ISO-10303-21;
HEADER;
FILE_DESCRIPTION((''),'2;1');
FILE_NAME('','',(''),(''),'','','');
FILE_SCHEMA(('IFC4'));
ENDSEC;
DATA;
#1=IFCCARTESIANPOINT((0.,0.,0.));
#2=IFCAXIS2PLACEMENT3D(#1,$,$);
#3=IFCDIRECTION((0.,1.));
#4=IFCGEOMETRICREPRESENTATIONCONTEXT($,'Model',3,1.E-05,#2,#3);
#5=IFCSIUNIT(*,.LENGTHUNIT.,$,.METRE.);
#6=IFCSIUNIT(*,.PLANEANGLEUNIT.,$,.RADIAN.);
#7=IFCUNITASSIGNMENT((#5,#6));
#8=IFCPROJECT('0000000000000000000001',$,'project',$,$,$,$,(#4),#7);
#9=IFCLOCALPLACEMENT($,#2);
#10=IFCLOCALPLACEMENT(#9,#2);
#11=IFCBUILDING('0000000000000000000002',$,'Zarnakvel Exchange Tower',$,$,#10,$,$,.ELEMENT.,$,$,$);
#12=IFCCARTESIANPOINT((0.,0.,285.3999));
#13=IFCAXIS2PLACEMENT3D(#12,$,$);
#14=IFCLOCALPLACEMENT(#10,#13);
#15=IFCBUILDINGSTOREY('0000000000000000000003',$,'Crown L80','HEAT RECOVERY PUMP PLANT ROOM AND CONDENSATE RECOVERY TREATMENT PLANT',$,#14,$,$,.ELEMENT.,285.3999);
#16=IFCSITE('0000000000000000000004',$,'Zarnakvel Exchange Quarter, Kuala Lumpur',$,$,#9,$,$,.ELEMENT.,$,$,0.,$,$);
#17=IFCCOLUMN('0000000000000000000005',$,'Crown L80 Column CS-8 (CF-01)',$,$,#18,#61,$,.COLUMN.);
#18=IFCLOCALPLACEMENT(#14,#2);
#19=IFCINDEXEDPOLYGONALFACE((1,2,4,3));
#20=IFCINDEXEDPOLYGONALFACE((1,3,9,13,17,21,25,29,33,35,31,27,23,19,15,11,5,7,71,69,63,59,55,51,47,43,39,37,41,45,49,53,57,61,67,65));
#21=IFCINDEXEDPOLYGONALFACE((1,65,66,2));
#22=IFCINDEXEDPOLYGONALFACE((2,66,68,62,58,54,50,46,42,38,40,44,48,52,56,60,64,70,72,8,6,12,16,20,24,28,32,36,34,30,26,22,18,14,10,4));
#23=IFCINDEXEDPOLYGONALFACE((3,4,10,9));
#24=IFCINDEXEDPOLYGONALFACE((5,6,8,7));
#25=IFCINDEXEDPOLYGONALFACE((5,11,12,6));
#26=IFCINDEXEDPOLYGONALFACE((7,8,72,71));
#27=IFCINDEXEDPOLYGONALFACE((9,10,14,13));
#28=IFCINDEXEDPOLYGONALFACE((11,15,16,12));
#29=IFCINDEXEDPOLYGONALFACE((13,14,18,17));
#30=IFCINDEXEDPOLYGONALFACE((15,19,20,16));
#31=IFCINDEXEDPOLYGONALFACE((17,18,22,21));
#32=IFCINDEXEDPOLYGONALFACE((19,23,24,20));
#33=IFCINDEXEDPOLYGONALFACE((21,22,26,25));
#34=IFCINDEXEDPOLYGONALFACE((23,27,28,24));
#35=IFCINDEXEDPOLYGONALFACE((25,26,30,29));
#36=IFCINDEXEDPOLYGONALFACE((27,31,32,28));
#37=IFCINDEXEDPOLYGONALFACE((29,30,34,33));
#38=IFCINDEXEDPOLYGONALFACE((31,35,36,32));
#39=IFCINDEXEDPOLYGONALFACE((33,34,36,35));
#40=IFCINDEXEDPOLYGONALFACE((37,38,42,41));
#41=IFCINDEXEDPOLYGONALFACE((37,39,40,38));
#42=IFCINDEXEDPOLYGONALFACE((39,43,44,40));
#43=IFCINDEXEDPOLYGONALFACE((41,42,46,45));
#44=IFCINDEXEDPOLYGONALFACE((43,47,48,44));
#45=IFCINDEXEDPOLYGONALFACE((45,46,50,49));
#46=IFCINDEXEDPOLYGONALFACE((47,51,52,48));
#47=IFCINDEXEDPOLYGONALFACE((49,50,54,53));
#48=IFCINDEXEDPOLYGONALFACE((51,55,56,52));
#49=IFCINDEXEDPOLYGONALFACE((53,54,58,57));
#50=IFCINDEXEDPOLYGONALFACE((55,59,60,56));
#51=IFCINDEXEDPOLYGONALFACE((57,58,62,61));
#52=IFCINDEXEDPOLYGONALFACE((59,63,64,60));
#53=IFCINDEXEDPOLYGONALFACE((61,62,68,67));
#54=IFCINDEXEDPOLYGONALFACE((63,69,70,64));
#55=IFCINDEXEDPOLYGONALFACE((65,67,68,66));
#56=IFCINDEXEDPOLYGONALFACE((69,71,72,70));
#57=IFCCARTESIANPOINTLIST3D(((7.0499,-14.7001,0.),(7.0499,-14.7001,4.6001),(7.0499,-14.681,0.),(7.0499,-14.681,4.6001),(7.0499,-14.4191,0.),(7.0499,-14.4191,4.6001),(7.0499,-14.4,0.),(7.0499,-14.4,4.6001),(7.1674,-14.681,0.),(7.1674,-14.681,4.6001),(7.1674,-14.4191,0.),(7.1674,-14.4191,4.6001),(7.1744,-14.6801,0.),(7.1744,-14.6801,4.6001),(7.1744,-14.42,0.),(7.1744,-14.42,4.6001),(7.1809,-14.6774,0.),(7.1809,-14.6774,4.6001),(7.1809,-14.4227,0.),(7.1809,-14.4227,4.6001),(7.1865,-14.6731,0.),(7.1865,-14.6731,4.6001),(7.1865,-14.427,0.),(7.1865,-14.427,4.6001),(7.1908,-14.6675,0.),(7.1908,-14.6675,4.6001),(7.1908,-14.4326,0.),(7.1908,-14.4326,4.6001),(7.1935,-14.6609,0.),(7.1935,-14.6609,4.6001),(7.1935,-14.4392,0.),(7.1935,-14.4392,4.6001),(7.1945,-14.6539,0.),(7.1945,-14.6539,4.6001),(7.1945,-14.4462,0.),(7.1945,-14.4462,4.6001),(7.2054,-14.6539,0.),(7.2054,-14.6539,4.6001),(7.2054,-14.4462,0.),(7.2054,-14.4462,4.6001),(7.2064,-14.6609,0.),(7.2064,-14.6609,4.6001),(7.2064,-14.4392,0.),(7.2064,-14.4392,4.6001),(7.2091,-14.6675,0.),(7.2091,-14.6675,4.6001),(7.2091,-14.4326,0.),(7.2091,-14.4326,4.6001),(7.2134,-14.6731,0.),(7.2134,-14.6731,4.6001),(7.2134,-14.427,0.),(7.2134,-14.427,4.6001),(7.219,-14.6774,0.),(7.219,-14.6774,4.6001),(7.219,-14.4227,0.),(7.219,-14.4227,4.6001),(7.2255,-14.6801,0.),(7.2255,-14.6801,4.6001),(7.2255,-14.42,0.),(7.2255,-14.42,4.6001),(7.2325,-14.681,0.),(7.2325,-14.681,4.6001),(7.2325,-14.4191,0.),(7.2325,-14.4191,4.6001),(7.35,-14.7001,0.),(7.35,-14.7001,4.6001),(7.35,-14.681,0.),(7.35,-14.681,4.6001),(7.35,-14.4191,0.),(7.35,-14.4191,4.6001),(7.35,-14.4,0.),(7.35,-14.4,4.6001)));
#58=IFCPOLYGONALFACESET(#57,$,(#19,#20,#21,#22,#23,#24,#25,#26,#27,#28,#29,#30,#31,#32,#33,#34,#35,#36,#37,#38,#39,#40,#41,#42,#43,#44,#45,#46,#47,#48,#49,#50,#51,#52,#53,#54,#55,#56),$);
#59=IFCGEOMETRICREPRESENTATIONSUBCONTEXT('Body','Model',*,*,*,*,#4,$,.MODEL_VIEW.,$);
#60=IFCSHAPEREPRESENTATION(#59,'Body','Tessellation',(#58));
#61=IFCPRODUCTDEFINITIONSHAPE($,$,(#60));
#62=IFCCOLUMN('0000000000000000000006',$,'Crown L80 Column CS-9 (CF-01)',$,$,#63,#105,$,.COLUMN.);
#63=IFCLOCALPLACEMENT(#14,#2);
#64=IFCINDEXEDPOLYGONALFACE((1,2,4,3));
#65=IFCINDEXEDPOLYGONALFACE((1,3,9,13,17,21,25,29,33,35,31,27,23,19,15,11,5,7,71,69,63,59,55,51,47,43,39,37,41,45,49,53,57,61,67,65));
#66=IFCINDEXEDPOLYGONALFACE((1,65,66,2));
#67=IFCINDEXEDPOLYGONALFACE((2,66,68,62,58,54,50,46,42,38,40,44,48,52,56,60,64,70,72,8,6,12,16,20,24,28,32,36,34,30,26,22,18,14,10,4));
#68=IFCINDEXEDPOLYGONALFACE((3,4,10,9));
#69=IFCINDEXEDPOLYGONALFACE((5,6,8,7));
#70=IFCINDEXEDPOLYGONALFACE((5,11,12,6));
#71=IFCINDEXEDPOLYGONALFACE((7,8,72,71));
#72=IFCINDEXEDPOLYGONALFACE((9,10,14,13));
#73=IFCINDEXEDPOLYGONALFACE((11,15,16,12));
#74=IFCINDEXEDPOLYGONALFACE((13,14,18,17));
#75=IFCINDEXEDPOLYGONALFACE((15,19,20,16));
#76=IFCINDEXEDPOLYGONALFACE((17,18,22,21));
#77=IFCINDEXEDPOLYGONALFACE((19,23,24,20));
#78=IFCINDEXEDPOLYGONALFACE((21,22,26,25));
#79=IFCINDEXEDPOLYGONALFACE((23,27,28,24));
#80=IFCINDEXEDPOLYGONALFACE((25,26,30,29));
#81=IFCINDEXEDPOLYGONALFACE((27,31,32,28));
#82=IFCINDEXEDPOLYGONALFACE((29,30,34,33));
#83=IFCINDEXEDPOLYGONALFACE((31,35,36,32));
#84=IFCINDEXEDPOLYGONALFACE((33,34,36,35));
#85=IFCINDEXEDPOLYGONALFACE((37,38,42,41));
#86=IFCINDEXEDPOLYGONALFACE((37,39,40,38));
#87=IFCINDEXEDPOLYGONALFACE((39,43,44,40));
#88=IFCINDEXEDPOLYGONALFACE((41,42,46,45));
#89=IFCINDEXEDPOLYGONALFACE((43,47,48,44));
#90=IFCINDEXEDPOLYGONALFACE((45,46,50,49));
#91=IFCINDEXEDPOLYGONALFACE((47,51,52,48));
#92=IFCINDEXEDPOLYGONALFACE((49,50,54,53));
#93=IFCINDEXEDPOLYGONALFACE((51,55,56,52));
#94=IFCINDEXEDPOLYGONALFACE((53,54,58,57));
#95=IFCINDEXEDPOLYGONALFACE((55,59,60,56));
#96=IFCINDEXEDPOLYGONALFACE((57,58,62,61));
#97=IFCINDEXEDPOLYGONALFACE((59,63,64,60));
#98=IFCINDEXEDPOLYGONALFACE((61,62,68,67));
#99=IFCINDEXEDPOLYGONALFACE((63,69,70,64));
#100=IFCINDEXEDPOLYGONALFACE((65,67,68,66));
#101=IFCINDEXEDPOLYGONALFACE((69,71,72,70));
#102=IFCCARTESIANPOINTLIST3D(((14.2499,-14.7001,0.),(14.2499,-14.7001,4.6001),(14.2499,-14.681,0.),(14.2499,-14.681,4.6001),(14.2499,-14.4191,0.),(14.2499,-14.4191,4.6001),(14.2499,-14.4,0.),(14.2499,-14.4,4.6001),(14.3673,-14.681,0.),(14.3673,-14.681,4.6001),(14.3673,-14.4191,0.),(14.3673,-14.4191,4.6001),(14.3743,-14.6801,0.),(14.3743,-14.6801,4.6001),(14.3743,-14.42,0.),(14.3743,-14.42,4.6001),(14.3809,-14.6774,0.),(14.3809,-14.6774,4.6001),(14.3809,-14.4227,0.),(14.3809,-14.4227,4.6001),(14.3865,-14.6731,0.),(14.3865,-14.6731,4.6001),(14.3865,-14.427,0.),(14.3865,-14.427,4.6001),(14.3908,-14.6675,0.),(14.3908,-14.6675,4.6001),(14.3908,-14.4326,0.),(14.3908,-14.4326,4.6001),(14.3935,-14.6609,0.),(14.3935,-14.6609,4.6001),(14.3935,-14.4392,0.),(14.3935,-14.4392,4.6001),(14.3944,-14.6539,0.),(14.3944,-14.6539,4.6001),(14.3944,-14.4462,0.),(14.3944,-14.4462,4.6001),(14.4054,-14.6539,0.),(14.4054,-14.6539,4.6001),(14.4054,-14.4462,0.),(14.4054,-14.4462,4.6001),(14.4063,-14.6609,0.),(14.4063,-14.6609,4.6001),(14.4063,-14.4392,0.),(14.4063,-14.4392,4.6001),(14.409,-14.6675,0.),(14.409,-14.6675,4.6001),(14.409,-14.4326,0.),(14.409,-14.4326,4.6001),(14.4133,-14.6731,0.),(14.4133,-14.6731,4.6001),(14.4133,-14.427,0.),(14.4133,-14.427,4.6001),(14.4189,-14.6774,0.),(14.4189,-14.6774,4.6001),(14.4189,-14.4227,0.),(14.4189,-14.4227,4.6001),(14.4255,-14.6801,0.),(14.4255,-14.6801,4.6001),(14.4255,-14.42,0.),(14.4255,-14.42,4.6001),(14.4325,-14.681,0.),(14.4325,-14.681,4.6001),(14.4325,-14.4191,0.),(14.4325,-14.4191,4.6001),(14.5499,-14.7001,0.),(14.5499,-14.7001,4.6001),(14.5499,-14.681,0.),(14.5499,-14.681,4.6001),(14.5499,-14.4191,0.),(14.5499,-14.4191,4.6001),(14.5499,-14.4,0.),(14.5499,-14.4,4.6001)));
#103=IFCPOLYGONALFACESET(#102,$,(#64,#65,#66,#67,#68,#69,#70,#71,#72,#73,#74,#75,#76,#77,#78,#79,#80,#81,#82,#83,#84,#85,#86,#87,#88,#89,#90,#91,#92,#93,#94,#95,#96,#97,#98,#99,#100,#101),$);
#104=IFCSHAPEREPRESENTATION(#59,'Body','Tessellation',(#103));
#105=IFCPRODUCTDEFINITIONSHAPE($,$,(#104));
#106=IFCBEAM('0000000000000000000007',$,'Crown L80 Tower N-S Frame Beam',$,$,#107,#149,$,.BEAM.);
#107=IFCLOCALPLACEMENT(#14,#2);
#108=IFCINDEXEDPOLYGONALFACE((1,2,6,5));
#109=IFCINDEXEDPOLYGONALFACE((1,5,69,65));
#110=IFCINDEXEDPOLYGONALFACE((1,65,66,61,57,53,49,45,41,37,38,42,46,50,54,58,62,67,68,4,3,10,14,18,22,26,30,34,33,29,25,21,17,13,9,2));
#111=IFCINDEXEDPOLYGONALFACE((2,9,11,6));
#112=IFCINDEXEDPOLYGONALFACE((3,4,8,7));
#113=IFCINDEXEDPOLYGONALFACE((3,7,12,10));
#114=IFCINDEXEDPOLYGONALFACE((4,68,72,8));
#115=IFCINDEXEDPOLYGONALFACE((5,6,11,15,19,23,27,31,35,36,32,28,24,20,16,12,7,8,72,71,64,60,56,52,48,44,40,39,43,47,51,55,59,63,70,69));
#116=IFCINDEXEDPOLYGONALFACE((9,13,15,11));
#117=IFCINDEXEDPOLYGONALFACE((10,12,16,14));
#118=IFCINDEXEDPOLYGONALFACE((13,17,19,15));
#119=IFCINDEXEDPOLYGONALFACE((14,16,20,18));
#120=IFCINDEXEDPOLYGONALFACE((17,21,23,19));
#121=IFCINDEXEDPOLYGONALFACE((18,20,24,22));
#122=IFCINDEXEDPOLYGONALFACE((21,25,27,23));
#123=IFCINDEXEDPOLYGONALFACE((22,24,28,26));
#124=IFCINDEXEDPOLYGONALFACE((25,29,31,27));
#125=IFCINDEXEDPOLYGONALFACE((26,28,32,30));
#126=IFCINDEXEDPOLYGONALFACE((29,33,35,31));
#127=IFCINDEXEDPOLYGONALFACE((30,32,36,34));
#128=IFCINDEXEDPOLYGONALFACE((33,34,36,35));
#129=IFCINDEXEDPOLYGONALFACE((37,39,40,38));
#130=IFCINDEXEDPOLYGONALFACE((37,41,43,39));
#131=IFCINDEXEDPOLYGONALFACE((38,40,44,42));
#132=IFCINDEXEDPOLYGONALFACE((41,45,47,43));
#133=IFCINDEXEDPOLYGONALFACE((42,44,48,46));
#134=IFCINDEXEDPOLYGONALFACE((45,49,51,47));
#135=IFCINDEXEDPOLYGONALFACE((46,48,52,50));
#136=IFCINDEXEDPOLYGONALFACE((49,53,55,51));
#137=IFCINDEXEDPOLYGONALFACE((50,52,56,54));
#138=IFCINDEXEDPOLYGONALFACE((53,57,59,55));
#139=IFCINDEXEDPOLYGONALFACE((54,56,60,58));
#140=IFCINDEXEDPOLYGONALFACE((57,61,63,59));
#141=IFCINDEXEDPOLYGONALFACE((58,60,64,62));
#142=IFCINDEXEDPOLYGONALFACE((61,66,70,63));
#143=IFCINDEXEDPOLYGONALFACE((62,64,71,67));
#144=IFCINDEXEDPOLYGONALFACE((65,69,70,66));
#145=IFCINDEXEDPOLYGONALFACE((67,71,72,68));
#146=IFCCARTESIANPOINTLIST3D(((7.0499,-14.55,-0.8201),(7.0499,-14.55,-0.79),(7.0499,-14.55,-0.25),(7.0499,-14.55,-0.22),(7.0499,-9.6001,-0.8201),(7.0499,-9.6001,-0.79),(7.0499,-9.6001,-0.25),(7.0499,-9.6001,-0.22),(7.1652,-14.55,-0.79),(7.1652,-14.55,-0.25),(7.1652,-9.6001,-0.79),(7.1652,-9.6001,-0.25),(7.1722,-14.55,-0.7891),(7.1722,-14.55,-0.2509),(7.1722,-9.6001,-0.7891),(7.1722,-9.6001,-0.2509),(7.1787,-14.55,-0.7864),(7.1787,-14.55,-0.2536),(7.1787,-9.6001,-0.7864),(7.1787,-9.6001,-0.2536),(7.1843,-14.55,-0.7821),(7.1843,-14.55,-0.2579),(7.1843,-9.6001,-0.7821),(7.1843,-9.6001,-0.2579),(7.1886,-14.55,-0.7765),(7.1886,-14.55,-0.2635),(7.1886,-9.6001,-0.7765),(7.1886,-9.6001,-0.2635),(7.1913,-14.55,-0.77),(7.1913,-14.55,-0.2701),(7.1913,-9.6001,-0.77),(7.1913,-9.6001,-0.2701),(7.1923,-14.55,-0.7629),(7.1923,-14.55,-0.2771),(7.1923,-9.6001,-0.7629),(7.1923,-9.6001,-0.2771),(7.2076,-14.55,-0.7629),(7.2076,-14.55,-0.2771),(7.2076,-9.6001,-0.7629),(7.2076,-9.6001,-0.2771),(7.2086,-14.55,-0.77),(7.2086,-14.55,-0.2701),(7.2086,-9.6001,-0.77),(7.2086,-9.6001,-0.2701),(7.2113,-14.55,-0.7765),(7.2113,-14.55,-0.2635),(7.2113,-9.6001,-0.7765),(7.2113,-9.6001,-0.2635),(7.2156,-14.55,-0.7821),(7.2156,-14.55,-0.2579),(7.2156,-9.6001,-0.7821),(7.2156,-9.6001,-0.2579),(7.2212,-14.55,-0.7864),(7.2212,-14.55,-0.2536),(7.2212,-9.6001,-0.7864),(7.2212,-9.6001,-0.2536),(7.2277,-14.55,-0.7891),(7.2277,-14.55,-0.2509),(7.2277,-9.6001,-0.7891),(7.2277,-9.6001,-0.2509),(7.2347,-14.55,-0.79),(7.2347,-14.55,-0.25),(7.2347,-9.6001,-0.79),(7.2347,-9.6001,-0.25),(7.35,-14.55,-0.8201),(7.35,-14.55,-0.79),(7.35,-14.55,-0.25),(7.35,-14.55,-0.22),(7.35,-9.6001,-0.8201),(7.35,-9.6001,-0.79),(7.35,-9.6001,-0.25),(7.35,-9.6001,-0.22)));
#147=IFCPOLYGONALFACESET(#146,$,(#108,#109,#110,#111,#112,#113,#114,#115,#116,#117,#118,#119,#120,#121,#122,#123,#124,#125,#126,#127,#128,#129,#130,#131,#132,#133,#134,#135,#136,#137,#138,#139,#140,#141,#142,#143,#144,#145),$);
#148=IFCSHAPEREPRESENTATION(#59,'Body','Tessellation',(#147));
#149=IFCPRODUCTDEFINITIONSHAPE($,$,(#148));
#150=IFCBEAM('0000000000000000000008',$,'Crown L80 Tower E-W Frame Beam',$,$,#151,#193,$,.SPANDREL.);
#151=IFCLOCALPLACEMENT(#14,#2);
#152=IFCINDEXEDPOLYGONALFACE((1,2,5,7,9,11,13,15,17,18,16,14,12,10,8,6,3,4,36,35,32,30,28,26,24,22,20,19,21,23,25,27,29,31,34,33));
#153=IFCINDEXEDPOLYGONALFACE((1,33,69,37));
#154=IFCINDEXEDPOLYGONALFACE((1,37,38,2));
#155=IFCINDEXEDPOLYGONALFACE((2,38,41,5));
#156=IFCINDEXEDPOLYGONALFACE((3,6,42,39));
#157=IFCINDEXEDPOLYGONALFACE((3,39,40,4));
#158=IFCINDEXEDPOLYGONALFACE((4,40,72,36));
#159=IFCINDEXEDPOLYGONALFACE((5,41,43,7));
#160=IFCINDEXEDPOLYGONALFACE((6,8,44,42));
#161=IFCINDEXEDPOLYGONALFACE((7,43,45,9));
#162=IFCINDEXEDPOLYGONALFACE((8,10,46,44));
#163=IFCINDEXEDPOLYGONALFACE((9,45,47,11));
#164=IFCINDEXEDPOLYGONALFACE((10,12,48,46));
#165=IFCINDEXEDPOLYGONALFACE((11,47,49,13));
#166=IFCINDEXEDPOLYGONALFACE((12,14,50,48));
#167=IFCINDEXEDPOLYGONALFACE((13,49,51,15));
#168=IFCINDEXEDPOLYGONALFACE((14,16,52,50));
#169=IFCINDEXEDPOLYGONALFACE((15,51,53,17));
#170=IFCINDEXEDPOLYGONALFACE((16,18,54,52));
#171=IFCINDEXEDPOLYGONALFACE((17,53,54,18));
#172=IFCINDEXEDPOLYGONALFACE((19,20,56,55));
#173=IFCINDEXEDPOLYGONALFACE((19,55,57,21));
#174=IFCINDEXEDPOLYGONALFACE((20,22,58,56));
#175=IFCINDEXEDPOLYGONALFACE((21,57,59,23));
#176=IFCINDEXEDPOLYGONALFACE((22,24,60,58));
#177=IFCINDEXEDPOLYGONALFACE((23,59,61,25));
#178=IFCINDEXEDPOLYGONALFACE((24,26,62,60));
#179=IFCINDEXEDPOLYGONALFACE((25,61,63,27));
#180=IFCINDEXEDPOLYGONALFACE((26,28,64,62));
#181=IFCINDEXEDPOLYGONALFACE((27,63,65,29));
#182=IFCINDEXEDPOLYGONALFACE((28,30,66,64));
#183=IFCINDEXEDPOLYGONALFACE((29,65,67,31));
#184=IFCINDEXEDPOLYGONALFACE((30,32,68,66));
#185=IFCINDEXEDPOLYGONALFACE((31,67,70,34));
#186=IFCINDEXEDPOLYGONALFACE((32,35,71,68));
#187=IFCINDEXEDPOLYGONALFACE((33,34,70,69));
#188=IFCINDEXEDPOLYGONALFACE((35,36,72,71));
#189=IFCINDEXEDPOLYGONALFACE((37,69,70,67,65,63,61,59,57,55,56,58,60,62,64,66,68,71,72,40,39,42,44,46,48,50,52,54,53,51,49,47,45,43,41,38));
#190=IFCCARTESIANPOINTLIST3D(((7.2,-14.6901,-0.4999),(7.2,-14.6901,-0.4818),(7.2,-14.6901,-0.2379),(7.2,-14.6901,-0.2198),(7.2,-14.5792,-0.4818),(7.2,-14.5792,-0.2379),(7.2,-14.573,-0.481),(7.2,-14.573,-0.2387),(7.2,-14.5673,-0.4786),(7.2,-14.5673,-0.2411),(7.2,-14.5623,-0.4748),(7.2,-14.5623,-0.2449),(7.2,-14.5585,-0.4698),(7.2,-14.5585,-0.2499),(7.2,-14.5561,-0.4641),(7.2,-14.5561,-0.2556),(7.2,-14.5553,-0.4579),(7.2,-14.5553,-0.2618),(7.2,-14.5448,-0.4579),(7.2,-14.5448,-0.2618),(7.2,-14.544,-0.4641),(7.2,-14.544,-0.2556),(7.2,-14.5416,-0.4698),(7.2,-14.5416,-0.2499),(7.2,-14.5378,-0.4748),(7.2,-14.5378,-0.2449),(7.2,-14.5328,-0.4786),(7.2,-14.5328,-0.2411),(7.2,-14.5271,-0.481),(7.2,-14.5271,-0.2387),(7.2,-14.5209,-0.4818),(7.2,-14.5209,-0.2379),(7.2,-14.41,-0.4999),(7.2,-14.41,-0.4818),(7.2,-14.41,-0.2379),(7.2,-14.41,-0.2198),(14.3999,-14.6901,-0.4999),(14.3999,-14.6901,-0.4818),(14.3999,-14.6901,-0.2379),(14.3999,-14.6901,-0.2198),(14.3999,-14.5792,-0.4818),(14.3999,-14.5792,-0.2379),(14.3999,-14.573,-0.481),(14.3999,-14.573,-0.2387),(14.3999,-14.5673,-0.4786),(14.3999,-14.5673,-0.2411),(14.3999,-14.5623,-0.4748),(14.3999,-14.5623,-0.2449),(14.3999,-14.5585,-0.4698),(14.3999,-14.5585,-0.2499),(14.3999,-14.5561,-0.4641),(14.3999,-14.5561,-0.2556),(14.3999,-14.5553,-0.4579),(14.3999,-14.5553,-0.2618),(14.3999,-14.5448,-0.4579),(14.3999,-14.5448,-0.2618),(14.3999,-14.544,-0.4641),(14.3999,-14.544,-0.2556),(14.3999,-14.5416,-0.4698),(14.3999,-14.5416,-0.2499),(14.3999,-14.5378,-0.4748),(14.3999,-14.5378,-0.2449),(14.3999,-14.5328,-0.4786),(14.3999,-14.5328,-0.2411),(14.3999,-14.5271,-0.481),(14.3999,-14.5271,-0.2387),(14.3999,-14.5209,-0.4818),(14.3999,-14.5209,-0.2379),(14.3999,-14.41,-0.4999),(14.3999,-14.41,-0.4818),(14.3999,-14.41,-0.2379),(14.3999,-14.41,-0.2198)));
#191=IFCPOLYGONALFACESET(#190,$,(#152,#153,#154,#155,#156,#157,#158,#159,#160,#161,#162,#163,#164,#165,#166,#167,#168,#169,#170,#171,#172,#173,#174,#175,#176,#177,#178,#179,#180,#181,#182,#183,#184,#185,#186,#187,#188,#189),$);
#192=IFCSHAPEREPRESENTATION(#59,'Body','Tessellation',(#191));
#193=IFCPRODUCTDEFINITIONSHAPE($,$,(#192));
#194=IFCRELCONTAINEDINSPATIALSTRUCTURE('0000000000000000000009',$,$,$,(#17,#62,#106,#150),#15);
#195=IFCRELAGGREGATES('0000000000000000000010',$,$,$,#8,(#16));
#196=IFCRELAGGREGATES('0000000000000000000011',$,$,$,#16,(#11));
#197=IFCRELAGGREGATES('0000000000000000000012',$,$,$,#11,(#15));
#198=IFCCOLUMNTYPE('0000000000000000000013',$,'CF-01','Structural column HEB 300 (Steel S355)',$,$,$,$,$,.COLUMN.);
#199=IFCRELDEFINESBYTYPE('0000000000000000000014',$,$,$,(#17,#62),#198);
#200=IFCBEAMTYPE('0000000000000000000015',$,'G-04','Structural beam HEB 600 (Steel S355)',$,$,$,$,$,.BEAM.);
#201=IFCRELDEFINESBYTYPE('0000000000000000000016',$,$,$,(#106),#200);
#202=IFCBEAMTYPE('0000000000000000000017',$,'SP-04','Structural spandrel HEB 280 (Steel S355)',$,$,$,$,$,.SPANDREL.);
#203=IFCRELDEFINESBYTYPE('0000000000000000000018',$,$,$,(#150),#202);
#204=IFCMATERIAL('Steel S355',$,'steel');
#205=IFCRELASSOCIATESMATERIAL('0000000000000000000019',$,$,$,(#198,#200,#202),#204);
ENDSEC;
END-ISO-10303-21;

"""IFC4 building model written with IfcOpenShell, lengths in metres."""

from ifc_helpers import new_model, si_unit, direction, frame, origin, origin_2d, place, context, subcontext, project, spatial, i_section, extrude, material, material_profile, profile_set, type_object, element, save


model = new_model("IFC4")

# Units and contexts
model_context = context("Model", 3, precision=1e-05, world=origin(), true_north=direction((0.0, 1.0)))
body_context = subcontext(model_context, "Body", "Model", "MODEL_VIEW")
ifc_project = project(units=[si_unit("LENGTHUNIT", "METRE"), si_unit("PLANEANGLEUNIT", "RADIAN")], contexts=[model_context])

# Site, building, storey
site_placement = place(None, origin())
site = spatial("IfcSite", under=ifc_project, at=site_placement, Name="Zarnakvel Exchange Quarter, Kuala Lumpur", CompositionType="ELEMENT", RefElevation=0.0)
building_placement = place(site_placement, origin())
building = spatial("IfcBuilding", under=site, at=building_placement, Name="Zarnakvel Exchange Tower", CompositionType="ELEMENT")
storey_placement = place(building_placement, frame((0.0, 0.0, 285.3999)))
storey = spatial("IfcBuildingStorey", under=building, at=storey_placement, Name="Crown L80", Description="HEAT RECOVERY PUMP PLANT ROOM AND CONDENSATE RECOVERY TREATMENT PLANT", CompositionType="ELEMENT", Elevation=285.3999)

# Columns
ifc_material_1 = material(Name="Steel S355", Category="steel")
ifc_material_profile_1 = material_profile(ifc_material_1, i_section(OverallWidth=0.3, OverallDepth=0.3, WebThickness=0.011, FlangeThickness=0.019, FilletRadius=0.0271, at=origin_2d()))
ifc_profile_set_1 = profile_set([ifc_material_profile_1], Name="Steel S355")
column_type = type_object("IfcColumnType", Name="CF-01", Description="Structural column HEB 300 (Steel S355)", PredefinedType="COLUMN", material=ifc_profile_set_1)
for number, where, z_axis, x_axis, name in (
    (1, (7.2, -14.55, 0.0), (0.0, 0.0, 1.0), (1.0, 0.0, 0.0), "Crown L80 Column CS-8 (CF-01)"),
    (2, (14.3999, -14.55, 0.0), (0.0, 0.0, 1.0), (1.0, 0.0, 0.0), "Crown L80 Column CS-9 (CF-01)"),
):
    element("IfcColumn", number, at=place(storey_placement, frame(where, z_axis=z_axis, x_axis=x_axis)), inside=storey, type_object=column_type, Name=name, PredefinedType="COLUMN", context=body_context, shape_type="SweptSolid", body=[
        extrude(i_section(OverallWidth=0.3, OverallDepth=0.3, WebThickness=0.011, FlangeThickness=0.019, FilletRadius=0.0271, at=origin_2d()), origin(), (0.0, 0.0, 1.0), 4.6001),
    ])

# Beams
ifc_material_profile_2 = material_profile(ifc_material_1, i_section(OverallWidth=0.3, OverallDepth=0.6001, WebThickness=0.0154, FlangeThickness=0.03, FilletRadius=0.0271, at=origin_2d()))
ifc_profile_set_2 = profile_set([ifc_material_profile_2], Name="Steel S355")
beam_type_1 = type_object("IfcBeamType", Name="G-04", Description="Structural beam HEB 600 (Steel S355)", PredefinedType="BEAM", material=ifc_profile_set_2)
beam_1_placement = place(storey_placement, frame((7.2, -14.55, -0.52), z_axis=(0.0, 1.0, 0.0), x_axis=(-1.0, 0.0, 0.0)))
element("IfcBeam", 3, at=beam_1_placement, inside=storey, type_object=beam_type_1, Name="Crown L80 Tower N-S Frame Beam", PredefinedType="BEAM", context=body_context, shape_type="SweptSolid", body=[
    extrude(i_section(OverallWidth=0.3, OverallDepth=0.6001, WebThickness=0.0154, FlangeThickness=0.03, FilletRadius=0.0271, at=origin_2d()), origin(), (0.0, 0.0, 1.0), 4.95),
])
ifc_material_profile_3 = material_profile(ifc_material_1, i_section(OverallWidth=0.28, OverallDepth=0.28, WebThickness=0.0105, FlangeThickness=0.0181, FilletRadius=0.0239, at=origin_2d()))
ifc_profile_set_3 = profile_set([ifc_material_profile_3], Name="Steel S355")
beam_type_2 = type_object("IfcBeamType", Name="SP-04", Description="Structural spandrel HEB 280 (Steel S355)", PredefinedType="SPANDREL", material=ifc_profile_set_3)
beam_2_placement = place(storey_placement, frame((7.2, -14.55, -0.3599), z_axis=(1.0, 0.0, 0.0), x_axis=(0.0, 1.0, 0.0)))
element("IfcBeam", 4, at=beam_2_placement, inside=storey, type_object=beam_type_2, Name="Crown L80 Tower E-W Frame Beam", PredefinedType="SPANDREL", context=body_context, shape_type="SweptSolid", body=[
    extrude(i_section(OverallWidth=0.28, OverallDepth=0.28, WebThickness=0.0105, FlangeThickness=0.0181, FilletRadius=0.0239, at=origin_2d()), origin(), (0.0, 0.0, 1.0), 7.2),
])

save(model, "model.ifc")
